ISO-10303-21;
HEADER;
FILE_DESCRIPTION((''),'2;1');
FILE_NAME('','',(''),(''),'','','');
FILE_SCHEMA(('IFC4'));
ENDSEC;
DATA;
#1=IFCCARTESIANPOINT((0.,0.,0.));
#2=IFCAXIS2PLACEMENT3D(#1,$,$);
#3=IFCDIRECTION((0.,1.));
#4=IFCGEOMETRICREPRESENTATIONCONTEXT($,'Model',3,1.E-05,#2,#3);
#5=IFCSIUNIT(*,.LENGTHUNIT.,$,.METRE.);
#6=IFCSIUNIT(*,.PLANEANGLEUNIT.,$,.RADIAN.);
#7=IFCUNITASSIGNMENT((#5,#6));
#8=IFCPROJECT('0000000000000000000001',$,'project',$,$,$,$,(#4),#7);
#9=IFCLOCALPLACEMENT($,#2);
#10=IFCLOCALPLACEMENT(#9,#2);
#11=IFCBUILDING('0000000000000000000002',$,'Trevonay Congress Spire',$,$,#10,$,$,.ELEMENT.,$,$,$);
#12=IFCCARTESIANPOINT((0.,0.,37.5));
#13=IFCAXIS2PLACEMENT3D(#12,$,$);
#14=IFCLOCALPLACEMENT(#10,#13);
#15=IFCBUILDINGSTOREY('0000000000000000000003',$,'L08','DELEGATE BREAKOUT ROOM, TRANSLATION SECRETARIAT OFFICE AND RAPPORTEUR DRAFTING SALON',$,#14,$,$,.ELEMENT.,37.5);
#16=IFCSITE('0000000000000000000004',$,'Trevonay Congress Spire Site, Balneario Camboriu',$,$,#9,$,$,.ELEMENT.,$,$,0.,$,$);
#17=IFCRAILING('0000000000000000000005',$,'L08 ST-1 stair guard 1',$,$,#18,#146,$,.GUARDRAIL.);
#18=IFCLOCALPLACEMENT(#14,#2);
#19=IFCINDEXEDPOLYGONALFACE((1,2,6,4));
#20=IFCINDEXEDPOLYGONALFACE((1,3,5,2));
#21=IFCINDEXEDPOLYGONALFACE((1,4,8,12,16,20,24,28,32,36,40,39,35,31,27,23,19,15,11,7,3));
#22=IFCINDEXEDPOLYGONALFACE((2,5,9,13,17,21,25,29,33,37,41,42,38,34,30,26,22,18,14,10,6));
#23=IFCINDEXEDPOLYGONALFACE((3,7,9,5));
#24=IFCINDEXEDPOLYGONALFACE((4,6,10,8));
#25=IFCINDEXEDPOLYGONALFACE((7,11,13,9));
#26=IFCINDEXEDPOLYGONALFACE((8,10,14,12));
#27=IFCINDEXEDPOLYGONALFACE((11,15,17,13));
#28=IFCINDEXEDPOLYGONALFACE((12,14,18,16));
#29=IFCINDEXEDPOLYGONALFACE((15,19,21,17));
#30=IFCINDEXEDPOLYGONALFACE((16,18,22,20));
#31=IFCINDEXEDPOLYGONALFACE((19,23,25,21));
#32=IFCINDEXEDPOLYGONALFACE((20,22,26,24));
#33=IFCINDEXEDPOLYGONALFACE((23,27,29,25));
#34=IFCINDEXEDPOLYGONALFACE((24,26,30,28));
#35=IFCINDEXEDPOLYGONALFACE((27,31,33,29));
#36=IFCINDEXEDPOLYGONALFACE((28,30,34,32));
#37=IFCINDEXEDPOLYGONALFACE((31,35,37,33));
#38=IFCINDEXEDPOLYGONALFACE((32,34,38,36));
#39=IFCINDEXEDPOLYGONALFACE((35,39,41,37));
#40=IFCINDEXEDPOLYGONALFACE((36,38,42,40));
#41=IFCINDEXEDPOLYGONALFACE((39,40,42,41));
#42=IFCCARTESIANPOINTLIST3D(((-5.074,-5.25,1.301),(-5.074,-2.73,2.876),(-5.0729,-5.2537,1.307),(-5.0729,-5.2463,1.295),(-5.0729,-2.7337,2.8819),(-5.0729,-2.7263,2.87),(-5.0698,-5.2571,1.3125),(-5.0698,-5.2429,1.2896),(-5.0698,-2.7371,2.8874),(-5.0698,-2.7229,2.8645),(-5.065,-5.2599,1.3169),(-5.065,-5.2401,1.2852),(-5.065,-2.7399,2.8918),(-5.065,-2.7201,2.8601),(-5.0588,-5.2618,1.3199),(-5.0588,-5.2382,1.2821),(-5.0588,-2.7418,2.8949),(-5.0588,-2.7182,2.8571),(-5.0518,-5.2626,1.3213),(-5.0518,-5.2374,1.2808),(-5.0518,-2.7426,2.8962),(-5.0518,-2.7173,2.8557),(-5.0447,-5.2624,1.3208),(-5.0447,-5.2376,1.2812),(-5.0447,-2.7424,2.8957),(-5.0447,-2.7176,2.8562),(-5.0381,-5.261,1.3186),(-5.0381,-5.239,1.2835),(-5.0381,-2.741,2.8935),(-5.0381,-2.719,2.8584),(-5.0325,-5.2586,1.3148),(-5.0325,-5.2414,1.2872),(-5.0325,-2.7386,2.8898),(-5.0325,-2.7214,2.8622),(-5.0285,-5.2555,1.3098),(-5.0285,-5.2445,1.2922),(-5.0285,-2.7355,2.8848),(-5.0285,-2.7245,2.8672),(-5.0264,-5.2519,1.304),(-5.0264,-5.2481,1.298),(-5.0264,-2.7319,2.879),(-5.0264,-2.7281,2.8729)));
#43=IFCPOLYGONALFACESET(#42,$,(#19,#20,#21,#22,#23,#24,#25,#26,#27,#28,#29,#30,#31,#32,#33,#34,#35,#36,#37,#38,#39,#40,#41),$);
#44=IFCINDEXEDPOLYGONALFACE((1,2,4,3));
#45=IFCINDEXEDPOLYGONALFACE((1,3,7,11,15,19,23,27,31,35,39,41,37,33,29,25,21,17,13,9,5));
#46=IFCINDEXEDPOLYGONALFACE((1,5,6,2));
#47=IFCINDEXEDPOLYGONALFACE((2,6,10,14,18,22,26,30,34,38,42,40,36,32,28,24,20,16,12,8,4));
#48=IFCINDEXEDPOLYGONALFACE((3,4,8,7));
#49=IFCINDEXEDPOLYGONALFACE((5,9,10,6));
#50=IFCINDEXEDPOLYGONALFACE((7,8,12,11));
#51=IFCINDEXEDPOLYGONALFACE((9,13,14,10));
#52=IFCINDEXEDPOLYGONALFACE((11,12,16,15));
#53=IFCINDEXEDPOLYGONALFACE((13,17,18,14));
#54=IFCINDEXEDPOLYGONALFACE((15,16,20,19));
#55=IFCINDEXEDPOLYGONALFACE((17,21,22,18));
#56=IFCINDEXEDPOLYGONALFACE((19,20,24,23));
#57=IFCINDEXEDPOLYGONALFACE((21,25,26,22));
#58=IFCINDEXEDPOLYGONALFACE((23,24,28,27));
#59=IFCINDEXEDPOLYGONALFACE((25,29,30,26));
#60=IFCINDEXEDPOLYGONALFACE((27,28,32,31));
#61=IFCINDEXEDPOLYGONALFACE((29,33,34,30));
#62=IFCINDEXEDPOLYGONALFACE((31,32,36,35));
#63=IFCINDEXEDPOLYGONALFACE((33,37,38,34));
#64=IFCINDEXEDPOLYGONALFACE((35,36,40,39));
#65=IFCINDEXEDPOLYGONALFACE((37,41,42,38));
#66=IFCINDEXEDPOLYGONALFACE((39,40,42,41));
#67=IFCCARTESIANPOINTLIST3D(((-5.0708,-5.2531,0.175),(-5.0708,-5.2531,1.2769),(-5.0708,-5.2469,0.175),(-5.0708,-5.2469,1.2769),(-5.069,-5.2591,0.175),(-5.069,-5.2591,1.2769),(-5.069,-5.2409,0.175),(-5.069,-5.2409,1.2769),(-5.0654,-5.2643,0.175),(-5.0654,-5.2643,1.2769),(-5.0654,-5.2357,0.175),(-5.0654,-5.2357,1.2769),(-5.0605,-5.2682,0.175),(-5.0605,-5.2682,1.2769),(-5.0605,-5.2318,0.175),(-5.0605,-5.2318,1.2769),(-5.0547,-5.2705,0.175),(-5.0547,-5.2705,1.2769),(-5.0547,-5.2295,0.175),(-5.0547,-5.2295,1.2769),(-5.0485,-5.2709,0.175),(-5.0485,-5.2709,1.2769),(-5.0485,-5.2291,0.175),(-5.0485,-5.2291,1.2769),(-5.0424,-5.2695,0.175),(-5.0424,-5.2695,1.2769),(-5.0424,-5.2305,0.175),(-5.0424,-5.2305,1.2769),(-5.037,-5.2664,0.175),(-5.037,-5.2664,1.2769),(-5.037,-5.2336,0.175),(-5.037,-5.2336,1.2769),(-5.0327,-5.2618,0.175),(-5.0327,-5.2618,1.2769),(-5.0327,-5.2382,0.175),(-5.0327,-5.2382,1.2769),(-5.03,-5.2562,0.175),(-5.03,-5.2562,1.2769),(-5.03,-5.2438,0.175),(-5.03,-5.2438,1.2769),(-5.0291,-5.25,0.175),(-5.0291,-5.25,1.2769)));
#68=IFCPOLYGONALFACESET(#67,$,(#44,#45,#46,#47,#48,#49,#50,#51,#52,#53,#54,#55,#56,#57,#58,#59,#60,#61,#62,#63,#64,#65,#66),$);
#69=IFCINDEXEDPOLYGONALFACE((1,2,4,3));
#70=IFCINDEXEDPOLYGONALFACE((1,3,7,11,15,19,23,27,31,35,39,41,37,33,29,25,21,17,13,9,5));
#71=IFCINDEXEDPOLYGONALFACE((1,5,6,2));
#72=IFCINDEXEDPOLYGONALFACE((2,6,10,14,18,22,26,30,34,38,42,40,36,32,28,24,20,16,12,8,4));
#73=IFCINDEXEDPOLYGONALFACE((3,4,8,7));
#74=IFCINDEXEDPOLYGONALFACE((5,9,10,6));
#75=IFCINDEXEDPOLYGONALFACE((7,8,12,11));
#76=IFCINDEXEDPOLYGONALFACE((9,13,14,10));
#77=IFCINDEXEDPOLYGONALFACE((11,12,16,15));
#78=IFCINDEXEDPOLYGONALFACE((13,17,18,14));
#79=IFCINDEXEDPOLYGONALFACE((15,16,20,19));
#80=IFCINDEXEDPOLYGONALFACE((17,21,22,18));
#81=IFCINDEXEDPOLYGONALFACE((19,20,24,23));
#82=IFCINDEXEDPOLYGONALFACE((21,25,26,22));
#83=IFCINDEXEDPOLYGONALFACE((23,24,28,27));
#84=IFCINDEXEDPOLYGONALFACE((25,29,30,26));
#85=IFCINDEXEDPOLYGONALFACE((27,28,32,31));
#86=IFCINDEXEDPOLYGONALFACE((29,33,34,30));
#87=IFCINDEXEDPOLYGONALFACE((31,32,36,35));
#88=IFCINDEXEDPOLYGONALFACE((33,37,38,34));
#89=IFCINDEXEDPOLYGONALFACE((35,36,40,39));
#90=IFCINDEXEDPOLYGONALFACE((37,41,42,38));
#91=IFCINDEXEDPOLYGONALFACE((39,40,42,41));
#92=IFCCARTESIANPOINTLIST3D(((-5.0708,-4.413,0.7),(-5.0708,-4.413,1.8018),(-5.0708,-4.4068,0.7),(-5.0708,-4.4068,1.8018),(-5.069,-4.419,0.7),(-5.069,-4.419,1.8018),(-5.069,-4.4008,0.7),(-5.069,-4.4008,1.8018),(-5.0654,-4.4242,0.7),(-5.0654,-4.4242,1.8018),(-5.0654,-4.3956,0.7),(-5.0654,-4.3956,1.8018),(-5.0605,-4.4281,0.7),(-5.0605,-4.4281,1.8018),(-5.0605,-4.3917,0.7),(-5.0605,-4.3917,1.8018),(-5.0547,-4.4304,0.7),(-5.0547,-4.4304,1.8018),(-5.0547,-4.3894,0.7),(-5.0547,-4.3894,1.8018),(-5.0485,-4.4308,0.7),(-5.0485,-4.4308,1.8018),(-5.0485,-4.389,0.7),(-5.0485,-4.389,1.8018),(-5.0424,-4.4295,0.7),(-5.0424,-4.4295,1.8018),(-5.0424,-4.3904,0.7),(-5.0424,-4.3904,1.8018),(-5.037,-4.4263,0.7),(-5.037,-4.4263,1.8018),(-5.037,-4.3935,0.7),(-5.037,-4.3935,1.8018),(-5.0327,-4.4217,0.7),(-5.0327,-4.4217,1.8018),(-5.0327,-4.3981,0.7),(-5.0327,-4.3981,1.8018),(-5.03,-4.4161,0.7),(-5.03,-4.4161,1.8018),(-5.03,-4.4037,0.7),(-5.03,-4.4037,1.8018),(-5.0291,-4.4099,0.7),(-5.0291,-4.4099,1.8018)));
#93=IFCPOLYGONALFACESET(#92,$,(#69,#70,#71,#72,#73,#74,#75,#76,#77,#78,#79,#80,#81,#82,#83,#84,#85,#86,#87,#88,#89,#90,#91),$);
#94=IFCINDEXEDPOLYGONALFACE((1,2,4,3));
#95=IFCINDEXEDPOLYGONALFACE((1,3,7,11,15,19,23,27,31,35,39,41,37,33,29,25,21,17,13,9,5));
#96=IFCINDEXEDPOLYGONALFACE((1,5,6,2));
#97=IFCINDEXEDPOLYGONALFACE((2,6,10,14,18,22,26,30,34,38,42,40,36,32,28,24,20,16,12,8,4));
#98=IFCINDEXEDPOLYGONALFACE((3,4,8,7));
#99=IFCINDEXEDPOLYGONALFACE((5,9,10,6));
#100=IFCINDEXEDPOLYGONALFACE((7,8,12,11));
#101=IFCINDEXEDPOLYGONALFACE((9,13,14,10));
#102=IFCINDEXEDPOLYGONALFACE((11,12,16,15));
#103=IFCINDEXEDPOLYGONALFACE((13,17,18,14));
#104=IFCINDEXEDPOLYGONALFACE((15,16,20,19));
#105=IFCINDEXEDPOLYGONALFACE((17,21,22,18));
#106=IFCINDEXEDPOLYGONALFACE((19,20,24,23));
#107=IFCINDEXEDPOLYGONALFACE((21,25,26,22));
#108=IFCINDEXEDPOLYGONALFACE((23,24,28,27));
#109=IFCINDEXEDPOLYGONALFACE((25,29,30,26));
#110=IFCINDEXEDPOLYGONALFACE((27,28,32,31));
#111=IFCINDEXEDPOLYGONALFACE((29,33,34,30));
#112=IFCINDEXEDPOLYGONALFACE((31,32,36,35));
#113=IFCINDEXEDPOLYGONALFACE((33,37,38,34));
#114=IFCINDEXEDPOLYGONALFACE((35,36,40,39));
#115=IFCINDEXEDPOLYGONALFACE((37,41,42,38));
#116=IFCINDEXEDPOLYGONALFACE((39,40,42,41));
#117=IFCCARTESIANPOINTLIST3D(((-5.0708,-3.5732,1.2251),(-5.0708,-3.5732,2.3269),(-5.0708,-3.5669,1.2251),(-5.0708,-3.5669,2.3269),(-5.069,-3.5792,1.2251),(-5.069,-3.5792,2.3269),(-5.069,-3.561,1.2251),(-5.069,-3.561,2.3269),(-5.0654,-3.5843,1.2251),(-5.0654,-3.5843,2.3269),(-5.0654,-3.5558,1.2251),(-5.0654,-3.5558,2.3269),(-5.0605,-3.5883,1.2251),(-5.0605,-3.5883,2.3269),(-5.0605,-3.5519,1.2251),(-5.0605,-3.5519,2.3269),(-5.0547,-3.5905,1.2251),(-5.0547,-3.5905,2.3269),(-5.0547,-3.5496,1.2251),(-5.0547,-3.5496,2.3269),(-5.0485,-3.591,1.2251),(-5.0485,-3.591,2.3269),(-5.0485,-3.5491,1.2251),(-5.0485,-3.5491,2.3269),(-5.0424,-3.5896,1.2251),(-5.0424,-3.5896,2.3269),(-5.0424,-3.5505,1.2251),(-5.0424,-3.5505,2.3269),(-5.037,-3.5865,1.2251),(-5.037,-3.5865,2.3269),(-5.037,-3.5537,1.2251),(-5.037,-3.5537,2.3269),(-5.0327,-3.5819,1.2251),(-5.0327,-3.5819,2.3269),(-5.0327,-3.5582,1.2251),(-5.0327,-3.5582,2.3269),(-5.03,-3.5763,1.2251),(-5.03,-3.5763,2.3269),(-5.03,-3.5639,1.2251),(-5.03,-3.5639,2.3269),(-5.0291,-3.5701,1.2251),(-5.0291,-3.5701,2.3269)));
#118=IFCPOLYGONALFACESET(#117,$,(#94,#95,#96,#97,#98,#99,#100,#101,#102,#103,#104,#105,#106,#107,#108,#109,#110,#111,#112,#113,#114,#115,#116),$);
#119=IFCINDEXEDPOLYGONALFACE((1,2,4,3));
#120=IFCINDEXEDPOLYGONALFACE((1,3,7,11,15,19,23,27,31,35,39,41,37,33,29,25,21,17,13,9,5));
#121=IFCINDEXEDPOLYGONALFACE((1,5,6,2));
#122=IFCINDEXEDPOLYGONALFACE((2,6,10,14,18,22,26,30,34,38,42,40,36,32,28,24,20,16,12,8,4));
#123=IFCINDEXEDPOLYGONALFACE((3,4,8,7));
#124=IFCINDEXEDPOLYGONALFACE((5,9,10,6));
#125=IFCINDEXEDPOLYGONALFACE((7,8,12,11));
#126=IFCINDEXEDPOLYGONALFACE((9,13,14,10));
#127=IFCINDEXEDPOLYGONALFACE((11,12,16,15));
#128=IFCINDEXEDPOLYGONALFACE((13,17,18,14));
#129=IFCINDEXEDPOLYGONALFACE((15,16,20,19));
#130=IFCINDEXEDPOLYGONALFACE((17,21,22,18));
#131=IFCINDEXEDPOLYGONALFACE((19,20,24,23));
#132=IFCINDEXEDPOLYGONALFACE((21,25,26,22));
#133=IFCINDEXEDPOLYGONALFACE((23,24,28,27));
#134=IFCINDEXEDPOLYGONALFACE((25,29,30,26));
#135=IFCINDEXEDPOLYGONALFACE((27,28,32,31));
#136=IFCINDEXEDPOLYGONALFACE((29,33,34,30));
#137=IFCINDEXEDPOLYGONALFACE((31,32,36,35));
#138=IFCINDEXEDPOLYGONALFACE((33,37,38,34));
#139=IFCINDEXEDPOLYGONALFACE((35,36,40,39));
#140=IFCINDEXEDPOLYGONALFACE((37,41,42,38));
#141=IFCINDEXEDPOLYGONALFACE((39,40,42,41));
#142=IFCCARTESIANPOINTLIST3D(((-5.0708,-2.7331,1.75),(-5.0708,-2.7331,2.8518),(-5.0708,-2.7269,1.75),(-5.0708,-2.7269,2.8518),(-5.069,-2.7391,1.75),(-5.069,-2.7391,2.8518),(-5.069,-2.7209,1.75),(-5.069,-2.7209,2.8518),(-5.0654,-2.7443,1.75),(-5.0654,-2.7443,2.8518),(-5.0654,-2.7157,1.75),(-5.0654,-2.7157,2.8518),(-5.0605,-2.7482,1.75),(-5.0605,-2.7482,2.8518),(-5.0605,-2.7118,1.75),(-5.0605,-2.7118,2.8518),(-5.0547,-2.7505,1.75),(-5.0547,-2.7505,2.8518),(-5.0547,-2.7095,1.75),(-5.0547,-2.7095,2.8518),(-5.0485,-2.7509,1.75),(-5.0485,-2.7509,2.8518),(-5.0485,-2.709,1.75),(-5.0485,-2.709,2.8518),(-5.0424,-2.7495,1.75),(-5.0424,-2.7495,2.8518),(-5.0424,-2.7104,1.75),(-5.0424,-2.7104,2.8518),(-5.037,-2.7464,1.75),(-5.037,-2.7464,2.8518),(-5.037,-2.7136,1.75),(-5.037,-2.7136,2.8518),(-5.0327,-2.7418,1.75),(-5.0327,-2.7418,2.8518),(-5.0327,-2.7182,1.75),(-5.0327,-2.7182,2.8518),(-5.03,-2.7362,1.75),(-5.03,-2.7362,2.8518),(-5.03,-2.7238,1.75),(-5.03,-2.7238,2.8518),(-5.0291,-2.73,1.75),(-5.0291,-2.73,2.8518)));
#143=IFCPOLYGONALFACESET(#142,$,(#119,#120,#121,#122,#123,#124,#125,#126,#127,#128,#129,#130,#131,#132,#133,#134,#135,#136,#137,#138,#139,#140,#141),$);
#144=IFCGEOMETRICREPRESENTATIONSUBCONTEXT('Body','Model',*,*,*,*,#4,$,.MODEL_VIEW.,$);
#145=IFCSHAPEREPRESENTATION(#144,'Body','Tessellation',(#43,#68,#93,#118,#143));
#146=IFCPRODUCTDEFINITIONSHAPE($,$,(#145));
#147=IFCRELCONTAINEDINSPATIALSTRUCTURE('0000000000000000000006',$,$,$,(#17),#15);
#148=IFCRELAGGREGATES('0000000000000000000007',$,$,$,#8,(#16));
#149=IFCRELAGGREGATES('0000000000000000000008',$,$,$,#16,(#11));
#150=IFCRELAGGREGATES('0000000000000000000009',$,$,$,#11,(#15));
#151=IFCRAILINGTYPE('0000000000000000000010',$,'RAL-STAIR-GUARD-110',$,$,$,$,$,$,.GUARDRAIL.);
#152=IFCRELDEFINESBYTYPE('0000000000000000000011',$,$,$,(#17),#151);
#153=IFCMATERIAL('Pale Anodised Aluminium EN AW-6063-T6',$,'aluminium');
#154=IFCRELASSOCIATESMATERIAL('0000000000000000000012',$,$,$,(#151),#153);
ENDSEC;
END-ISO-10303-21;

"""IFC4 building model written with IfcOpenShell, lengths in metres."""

from ifc_helpers import new_model, si_unit, direction, frame, origin, origin_2d, place, context, subcontext, project, spatial, circle, extrude, material, type_object, element, save


model = new_model("IFC4")

# Units and contexts
model_context = context("Model", 3, precision=1e-05, world=origin(), true_north=direction((0.0, 1.0)))
body_context = subcontext(model_context, "Body", "Model", "MODEL_VIEW")
ifc_project = project(units=[si_unit("LENGTHUNIT", "METRE"), si_unit("PLANEANGLEUNIT", "RADIAN")], contexts=[model_context])

# Site, building, storey
site_placement = place(None, origin())
site = spatial("IfcSite", under=ifc_project, at=site_placement, Name="Trevonay Congress Spire Site, Balneario Camboriu", CompositionType="ELEMENT", RefElevation=0.0)
building_placement = place(site_placement, origin())
building = spatial("IfcBuilding", under=site, at=building_placement, Name="Trevonay Congress Spire", CompositionType="ELEMENT")
storey_placement = place(building_placement, frame((0.0, 0.0, 37.5)))
storey = spatial("IfcBuildingStorey", under=building, at=storey_placement, Name="L08", Description="DELEGATE BREAKOUT ROOM, TRANSLATION SECRETARIAT OFFICE AND RAPPORTEUR DRAFTING SALON", CompositionType="ELEMENT", Elevation=37.5)

# Shared definitions
ifc_material_1 = material(Name="Pale Anodised Aluminium EN AW-6063-T6", Category="aluminium")

# Railing
railing_type_1 = type_object("IfcRailingType", Name="RAL-STAIR-GUARD-110", PredefinedType="GUARDRAIL", material=ifc_material_1)
railing_1_placement = place(storey_placement, frame((-5.05, -5.25, 0.175)))
element("IfcRailing", 1, at=railing_1_placement, inside=storey, type_object=railing_type_1, Name="L08 ST-1 stair guard 1", PredefinedType="GUARDRAIL", context=body_context, shape_type="SweptSolid", body=[
    extrude(circle(Radius=0.0239, at=origin_2d()), frame((0.0, 0.0, 1.126), z_axis=(0.0, 0.848008, 0.529984), x_axis=(-1.0, 0.0, 0.0)), (0.0, 0.0, 1.0), 2.9717),
    extrude(circle(Radius=0.021, at=origin_2d()), origin(), (0.0, 0.0, 1.0), 1.1018),
    extrude(circle(Radius=0.021, at=origin_2d()), frame((0.0, 0.8401, 0.5249)), (0.0, 0.0, 1.0), 1.1018),
    extrude(circle(Radius=0.021, at=origin_2d()), frame((0.0, 1.6799, 1.05)), (0.0, 0.0, 1.0), 1.1018),
    extrude(circle(Radius=0.021, at=origin_2d()), frame((0.0, 2.52, 1.575)), (0.0, 0.0, 1.0), 1.1018),
])

save(model, "model.ifc")
